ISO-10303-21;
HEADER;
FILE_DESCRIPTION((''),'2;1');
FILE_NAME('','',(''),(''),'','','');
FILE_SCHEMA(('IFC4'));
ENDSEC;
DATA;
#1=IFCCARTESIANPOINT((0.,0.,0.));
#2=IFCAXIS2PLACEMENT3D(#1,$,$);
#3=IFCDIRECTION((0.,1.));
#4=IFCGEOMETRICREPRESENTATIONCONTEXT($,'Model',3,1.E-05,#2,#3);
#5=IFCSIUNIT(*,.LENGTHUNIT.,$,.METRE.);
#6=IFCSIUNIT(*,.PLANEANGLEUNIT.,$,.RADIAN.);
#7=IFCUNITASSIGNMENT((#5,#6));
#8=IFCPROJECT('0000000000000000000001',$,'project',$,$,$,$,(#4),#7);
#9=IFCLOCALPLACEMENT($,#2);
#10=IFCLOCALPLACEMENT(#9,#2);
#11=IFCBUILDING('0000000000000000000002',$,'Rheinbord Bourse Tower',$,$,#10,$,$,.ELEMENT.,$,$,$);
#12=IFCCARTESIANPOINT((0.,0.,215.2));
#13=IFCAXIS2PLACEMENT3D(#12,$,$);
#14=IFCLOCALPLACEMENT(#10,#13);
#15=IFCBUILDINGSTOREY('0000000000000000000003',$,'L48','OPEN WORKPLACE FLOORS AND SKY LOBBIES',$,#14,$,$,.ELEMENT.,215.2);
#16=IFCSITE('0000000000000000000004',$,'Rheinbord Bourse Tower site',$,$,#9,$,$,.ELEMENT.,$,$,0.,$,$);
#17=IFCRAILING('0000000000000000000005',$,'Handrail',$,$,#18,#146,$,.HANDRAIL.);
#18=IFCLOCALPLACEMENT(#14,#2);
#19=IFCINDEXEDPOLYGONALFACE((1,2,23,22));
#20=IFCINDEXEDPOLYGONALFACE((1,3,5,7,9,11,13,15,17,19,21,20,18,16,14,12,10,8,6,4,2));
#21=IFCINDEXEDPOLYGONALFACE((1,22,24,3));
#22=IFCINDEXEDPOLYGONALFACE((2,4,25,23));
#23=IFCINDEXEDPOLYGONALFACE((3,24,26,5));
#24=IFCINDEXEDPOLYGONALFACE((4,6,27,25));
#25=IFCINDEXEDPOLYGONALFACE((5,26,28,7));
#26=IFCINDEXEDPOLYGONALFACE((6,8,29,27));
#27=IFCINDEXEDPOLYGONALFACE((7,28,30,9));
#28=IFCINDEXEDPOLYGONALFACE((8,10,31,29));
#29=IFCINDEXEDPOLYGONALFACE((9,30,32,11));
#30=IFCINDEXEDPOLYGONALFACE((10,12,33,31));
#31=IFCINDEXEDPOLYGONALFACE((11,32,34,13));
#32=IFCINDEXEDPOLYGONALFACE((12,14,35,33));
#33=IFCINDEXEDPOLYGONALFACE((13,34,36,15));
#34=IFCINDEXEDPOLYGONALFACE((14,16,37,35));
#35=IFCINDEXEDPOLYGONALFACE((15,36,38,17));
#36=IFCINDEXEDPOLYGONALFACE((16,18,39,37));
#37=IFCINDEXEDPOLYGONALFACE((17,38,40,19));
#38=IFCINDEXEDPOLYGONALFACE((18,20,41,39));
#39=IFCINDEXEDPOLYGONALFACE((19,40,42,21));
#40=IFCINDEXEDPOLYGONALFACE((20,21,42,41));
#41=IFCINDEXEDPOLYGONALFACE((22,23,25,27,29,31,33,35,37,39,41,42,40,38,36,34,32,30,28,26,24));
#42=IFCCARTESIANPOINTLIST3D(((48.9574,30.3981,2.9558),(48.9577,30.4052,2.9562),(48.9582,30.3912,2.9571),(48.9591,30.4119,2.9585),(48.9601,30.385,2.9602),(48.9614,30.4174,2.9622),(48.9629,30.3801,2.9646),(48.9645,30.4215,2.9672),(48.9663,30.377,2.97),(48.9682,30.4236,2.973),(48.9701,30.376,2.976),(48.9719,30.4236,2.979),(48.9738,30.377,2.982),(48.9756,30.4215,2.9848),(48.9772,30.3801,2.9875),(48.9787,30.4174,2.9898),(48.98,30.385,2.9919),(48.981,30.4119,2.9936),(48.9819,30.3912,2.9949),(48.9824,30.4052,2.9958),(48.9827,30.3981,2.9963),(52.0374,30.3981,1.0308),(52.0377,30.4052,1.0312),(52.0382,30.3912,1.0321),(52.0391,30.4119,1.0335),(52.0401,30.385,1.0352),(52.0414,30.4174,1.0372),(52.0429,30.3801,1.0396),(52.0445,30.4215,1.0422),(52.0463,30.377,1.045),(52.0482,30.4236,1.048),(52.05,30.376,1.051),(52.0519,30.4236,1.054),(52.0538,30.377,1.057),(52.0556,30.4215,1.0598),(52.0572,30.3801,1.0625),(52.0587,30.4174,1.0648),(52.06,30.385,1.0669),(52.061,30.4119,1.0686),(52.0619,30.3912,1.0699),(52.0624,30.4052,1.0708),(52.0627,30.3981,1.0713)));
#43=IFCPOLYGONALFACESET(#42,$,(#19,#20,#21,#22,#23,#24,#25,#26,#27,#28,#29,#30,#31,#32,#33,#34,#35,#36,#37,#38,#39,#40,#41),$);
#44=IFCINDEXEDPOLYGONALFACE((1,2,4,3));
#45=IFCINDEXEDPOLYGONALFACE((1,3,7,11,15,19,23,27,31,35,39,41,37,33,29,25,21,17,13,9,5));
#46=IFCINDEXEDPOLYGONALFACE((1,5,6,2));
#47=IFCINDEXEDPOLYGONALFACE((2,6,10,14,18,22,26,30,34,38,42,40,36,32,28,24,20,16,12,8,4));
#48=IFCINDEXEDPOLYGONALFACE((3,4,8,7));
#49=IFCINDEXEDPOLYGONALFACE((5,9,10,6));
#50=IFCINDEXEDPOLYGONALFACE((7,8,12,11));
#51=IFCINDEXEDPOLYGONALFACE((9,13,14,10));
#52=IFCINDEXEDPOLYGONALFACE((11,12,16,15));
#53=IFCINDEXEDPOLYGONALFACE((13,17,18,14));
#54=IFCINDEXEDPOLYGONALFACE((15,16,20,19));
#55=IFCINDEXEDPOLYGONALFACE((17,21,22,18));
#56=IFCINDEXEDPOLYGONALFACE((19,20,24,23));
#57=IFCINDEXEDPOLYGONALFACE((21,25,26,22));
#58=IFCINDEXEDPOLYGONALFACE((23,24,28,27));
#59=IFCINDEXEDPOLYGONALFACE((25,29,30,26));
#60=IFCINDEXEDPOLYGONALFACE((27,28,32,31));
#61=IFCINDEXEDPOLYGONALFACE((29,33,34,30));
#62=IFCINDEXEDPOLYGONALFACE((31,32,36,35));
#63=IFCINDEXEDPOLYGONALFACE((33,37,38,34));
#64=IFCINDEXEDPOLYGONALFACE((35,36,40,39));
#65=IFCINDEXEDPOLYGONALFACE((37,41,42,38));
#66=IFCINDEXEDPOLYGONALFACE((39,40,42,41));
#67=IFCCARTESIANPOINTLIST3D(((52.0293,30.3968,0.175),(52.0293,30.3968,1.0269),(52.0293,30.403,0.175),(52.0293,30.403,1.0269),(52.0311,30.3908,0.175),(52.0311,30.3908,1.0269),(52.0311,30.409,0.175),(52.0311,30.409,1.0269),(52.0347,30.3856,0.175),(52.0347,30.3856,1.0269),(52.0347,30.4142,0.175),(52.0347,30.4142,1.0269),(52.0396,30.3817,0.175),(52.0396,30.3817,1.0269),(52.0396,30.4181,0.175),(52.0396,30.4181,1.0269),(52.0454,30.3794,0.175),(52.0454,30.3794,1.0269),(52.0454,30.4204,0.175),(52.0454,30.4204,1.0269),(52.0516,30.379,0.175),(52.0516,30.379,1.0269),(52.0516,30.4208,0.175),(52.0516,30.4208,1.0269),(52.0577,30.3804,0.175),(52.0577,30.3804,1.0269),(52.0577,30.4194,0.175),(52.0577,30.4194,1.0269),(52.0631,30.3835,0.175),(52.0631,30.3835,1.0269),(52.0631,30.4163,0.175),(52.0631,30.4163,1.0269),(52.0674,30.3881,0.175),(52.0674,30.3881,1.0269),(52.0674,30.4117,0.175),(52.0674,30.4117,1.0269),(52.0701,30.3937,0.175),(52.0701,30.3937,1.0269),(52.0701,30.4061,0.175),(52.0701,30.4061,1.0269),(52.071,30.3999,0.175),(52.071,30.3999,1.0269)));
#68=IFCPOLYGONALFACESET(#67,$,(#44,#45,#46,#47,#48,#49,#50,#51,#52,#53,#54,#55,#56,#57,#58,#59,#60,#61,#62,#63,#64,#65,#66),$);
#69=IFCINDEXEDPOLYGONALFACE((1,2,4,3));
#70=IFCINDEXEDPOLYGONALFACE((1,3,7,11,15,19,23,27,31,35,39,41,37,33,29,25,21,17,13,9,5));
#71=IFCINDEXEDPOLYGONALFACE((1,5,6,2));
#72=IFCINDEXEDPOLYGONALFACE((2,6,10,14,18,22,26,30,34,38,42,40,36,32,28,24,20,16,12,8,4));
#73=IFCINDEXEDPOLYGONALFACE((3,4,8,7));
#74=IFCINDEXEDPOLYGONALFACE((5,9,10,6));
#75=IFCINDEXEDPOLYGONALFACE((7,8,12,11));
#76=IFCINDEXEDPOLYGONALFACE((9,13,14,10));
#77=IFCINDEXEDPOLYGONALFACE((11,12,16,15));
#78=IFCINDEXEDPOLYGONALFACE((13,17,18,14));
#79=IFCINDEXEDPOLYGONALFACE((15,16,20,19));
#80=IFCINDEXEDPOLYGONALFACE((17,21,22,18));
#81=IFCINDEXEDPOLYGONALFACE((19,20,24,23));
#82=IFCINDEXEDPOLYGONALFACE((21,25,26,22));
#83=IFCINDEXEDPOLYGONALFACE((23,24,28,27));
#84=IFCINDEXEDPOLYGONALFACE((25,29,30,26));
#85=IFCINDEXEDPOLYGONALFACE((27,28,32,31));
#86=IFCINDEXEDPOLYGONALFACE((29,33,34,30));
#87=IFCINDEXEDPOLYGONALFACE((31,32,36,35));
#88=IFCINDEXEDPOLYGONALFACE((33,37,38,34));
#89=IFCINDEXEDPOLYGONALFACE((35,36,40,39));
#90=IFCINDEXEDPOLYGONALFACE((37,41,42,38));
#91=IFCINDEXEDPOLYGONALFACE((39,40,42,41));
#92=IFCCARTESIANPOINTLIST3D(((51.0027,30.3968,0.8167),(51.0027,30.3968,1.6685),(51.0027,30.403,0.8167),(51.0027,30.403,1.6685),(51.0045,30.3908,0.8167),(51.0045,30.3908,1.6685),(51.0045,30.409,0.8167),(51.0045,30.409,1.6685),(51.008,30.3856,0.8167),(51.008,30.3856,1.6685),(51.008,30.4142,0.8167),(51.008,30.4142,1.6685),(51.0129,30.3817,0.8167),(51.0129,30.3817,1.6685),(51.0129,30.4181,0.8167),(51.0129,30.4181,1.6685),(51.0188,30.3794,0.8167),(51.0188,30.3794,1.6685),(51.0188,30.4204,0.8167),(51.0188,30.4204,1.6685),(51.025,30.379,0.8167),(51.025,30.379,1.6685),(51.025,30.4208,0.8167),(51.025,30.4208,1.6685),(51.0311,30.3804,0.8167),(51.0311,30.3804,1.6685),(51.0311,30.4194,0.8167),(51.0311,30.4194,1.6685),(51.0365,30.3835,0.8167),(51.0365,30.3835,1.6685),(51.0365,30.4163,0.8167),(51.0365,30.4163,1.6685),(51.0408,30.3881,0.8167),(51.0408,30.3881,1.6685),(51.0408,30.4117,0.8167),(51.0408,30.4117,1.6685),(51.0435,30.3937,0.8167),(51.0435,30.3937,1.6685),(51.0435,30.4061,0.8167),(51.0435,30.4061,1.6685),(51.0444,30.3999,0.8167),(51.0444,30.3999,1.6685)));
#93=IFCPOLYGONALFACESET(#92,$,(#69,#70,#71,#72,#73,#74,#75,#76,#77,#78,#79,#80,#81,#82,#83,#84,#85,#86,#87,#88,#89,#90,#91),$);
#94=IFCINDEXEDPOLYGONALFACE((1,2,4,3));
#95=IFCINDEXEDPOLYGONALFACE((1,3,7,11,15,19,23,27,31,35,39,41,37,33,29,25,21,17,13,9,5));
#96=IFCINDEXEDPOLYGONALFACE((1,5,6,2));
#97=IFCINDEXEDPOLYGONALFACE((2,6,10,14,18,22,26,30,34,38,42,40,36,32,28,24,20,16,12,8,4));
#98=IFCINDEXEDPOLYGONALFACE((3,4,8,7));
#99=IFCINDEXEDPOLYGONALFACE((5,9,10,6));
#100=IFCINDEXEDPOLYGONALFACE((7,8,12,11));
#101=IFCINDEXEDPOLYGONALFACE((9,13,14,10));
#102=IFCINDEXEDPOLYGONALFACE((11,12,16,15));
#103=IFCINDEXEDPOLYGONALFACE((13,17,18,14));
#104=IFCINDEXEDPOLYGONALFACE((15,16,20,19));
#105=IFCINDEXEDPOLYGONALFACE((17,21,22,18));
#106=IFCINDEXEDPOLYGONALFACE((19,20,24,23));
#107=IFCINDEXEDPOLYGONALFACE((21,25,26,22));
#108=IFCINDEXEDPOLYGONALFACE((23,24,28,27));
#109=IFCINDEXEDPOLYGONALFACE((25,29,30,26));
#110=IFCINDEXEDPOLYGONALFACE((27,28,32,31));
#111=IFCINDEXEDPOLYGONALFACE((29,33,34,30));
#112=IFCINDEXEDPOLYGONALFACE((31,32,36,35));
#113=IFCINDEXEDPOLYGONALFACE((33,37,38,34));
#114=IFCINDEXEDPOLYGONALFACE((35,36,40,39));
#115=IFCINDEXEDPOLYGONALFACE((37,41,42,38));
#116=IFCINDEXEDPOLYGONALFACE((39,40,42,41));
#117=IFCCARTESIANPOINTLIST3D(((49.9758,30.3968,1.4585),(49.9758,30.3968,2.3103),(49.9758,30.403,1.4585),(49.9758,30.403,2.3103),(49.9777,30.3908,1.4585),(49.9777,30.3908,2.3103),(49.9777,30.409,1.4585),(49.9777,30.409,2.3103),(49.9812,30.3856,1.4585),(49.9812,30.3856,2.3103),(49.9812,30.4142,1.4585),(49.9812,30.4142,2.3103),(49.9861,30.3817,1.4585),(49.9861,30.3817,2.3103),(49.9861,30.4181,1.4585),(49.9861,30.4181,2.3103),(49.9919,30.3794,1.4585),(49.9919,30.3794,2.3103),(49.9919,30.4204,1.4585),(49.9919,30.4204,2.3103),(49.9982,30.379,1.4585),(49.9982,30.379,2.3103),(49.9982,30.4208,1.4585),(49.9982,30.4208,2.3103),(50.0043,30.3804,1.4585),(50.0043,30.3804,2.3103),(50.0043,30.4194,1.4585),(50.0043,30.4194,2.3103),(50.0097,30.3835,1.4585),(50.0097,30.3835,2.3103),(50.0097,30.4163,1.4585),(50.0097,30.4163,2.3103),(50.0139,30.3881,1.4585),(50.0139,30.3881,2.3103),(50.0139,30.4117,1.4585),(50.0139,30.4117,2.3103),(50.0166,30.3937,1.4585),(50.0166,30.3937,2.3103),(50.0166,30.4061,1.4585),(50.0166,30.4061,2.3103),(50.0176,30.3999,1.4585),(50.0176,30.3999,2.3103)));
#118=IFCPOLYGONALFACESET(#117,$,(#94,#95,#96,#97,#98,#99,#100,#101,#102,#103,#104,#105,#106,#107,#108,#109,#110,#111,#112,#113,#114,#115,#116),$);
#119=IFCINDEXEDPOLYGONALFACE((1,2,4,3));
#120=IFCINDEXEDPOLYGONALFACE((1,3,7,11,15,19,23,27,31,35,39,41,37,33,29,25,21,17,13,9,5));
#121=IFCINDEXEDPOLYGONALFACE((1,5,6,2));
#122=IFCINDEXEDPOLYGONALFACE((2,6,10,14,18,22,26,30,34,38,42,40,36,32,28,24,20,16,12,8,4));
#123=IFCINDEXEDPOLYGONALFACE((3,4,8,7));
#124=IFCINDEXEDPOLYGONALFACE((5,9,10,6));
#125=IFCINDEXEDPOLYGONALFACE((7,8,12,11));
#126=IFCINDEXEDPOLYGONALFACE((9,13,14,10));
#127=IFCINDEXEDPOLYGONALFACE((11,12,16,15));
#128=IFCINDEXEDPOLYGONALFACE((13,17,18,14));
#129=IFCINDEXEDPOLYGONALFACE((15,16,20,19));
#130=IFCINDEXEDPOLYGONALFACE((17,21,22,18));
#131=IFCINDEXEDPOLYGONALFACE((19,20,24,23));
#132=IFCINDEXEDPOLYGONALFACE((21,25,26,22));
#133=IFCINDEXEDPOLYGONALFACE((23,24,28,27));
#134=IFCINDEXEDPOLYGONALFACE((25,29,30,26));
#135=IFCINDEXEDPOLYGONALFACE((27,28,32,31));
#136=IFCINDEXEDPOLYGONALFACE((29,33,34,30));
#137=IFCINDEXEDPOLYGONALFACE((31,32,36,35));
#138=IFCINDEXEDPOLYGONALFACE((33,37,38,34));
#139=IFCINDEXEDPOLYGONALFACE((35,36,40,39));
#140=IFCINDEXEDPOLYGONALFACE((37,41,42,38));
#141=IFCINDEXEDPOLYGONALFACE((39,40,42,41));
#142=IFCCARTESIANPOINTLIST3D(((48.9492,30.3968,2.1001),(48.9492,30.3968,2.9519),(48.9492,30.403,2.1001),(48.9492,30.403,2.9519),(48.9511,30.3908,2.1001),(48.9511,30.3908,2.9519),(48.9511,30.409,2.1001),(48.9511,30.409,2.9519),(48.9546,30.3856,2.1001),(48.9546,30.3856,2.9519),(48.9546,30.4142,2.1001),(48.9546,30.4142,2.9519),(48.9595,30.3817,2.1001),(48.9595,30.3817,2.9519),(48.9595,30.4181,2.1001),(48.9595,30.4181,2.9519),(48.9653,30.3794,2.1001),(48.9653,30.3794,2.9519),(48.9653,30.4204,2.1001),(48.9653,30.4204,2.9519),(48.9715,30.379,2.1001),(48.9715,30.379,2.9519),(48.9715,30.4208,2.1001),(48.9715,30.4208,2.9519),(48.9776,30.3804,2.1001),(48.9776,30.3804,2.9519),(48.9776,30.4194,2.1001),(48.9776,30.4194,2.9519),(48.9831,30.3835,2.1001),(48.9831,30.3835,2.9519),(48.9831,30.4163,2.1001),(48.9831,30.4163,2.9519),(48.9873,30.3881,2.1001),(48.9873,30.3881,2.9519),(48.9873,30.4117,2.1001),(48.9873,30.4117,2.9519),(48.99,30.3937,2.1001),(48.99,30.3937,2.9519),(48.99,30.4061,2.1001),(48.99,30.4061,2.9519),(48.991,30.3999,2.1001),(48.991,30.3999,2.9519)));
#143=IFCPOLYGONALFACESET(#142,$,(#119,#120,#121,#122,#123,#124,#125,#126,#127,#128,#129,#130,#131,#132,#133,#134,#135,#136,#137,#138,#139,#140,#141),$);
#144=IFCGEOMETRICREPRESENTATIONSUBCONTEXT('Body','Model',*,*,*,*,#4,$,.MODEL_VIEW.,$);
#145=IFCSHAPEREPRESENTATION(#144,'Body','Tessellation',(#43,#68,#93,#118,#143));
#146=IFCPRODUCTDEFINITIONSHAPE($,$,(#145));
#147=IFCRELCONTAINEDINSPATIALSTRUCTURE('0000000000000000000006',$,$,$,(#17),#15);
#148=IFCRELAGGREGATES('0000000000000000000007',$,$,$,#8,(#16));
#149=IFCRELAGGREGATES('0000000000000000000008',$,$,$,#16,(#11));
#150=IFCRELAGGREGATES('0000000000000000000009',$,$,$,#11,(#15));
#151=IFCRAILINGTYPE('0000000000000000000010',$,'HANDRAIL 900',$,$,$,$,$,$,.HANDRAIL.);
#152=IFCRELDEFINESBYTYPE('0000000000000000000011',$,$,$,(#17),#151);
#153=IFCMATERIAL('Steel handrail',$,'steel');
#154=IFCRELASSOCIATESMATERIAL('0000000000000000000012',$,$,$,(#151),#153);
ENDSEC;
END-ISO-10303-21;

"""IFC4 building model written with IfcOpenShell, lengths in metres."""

from ifc_helpers import new_model, si_unit, direction, frame, origin, origin_2d, place, context, subcontext, project, spatial, circle, extrude, material, type_object, element, save


model = new_model("IFC4")

# Units and contexts
model_context = context("Model", 3, precision=1e-05, world=origin(), true_north=direction((0.0, 1.0)))
body_context = subcontext(model_context, "Body", "Model", "MODEL_VIEW")
ifc_project = project(units=[si_unit("LENGTHUNIT", "METRE"), si_unit("PLANEANGLEUNIT", "RADIAN")], contexts=[model_context])

# Site, building, storey
site_placement = place(None, origin())
site = spatial("IfcSite", under=ifc_project, at=site_placement, Name="Rheinbord Bourse Tower site", CompositionType="ELEMENT", RefElevation=0.0)
building_placement = place(site_placement, origin())
building = spatial("IfcBuilding", under=site, at=building_placement, Name="Rheinbord Bourse Tower", CompositionType="ELEMENT")
storey_placement = place(building_placement, frame((0.0, 0.0, 215.2)))
storey = spatial("IfcBuildingStorey", under=building, at=storey_placement, Name="L48", Description="OPEN WORKPLACE FLOORS AND SKY LOBBIES", CompositionType="ELEMENT", Elevation=215.2)

# Railing
ifc_material_1 = material(Name="Steel handrail", Category="steel")
railing_type = type_object("IfcRailingType", Name="HANDRAIL 900", PredefinedType="HANDRAIL", material=ifc_material_1)
railing_1_placement = place(storey_placement, frame((52.05, 30.3999, 0.175)))
element("IfcRailing", 1, at=railing_1_placement, inside=storey, type_object=railing_type, Name="Handrail", PredefinedType="HANDRAIL", context=body_context, shape_type="SweptSolid", body=[
    extrude(circle(Radius=0.0239, at=origin_2d()), frame((0.0, 0.0, 0.876), z_axis=(-0.847998, 0.0, 0.529999), x_axis=(0.0, -1.0, 0.0)), (0.0, 0.0, 1.0), 3.6321),
    extrude(circle(Radius=0.021, at=origin_2d()), origin(), (0.0, 0.0, 1.0), 0.8518),
    extrude(circle(Radius=0.021, at=origin_2d()), frame((-1.0266, 0.0, 0.6416)), (0.0, 0.0, 1.0), 0.8518),
    extrude(circle(Radius=0.021, at=origin_2d()), frame((-2.0535, 0.0, 1.2834)), (0.0, 0.0, 1.0), 0.8518),
    extrude(circle(Radius=0.021, at=origin_2d()), frame((-3.0801, 0.0, 1.925)), (0.0, 0.0, 1.0), 0.8518),
])

save(model, "model.ifc")
